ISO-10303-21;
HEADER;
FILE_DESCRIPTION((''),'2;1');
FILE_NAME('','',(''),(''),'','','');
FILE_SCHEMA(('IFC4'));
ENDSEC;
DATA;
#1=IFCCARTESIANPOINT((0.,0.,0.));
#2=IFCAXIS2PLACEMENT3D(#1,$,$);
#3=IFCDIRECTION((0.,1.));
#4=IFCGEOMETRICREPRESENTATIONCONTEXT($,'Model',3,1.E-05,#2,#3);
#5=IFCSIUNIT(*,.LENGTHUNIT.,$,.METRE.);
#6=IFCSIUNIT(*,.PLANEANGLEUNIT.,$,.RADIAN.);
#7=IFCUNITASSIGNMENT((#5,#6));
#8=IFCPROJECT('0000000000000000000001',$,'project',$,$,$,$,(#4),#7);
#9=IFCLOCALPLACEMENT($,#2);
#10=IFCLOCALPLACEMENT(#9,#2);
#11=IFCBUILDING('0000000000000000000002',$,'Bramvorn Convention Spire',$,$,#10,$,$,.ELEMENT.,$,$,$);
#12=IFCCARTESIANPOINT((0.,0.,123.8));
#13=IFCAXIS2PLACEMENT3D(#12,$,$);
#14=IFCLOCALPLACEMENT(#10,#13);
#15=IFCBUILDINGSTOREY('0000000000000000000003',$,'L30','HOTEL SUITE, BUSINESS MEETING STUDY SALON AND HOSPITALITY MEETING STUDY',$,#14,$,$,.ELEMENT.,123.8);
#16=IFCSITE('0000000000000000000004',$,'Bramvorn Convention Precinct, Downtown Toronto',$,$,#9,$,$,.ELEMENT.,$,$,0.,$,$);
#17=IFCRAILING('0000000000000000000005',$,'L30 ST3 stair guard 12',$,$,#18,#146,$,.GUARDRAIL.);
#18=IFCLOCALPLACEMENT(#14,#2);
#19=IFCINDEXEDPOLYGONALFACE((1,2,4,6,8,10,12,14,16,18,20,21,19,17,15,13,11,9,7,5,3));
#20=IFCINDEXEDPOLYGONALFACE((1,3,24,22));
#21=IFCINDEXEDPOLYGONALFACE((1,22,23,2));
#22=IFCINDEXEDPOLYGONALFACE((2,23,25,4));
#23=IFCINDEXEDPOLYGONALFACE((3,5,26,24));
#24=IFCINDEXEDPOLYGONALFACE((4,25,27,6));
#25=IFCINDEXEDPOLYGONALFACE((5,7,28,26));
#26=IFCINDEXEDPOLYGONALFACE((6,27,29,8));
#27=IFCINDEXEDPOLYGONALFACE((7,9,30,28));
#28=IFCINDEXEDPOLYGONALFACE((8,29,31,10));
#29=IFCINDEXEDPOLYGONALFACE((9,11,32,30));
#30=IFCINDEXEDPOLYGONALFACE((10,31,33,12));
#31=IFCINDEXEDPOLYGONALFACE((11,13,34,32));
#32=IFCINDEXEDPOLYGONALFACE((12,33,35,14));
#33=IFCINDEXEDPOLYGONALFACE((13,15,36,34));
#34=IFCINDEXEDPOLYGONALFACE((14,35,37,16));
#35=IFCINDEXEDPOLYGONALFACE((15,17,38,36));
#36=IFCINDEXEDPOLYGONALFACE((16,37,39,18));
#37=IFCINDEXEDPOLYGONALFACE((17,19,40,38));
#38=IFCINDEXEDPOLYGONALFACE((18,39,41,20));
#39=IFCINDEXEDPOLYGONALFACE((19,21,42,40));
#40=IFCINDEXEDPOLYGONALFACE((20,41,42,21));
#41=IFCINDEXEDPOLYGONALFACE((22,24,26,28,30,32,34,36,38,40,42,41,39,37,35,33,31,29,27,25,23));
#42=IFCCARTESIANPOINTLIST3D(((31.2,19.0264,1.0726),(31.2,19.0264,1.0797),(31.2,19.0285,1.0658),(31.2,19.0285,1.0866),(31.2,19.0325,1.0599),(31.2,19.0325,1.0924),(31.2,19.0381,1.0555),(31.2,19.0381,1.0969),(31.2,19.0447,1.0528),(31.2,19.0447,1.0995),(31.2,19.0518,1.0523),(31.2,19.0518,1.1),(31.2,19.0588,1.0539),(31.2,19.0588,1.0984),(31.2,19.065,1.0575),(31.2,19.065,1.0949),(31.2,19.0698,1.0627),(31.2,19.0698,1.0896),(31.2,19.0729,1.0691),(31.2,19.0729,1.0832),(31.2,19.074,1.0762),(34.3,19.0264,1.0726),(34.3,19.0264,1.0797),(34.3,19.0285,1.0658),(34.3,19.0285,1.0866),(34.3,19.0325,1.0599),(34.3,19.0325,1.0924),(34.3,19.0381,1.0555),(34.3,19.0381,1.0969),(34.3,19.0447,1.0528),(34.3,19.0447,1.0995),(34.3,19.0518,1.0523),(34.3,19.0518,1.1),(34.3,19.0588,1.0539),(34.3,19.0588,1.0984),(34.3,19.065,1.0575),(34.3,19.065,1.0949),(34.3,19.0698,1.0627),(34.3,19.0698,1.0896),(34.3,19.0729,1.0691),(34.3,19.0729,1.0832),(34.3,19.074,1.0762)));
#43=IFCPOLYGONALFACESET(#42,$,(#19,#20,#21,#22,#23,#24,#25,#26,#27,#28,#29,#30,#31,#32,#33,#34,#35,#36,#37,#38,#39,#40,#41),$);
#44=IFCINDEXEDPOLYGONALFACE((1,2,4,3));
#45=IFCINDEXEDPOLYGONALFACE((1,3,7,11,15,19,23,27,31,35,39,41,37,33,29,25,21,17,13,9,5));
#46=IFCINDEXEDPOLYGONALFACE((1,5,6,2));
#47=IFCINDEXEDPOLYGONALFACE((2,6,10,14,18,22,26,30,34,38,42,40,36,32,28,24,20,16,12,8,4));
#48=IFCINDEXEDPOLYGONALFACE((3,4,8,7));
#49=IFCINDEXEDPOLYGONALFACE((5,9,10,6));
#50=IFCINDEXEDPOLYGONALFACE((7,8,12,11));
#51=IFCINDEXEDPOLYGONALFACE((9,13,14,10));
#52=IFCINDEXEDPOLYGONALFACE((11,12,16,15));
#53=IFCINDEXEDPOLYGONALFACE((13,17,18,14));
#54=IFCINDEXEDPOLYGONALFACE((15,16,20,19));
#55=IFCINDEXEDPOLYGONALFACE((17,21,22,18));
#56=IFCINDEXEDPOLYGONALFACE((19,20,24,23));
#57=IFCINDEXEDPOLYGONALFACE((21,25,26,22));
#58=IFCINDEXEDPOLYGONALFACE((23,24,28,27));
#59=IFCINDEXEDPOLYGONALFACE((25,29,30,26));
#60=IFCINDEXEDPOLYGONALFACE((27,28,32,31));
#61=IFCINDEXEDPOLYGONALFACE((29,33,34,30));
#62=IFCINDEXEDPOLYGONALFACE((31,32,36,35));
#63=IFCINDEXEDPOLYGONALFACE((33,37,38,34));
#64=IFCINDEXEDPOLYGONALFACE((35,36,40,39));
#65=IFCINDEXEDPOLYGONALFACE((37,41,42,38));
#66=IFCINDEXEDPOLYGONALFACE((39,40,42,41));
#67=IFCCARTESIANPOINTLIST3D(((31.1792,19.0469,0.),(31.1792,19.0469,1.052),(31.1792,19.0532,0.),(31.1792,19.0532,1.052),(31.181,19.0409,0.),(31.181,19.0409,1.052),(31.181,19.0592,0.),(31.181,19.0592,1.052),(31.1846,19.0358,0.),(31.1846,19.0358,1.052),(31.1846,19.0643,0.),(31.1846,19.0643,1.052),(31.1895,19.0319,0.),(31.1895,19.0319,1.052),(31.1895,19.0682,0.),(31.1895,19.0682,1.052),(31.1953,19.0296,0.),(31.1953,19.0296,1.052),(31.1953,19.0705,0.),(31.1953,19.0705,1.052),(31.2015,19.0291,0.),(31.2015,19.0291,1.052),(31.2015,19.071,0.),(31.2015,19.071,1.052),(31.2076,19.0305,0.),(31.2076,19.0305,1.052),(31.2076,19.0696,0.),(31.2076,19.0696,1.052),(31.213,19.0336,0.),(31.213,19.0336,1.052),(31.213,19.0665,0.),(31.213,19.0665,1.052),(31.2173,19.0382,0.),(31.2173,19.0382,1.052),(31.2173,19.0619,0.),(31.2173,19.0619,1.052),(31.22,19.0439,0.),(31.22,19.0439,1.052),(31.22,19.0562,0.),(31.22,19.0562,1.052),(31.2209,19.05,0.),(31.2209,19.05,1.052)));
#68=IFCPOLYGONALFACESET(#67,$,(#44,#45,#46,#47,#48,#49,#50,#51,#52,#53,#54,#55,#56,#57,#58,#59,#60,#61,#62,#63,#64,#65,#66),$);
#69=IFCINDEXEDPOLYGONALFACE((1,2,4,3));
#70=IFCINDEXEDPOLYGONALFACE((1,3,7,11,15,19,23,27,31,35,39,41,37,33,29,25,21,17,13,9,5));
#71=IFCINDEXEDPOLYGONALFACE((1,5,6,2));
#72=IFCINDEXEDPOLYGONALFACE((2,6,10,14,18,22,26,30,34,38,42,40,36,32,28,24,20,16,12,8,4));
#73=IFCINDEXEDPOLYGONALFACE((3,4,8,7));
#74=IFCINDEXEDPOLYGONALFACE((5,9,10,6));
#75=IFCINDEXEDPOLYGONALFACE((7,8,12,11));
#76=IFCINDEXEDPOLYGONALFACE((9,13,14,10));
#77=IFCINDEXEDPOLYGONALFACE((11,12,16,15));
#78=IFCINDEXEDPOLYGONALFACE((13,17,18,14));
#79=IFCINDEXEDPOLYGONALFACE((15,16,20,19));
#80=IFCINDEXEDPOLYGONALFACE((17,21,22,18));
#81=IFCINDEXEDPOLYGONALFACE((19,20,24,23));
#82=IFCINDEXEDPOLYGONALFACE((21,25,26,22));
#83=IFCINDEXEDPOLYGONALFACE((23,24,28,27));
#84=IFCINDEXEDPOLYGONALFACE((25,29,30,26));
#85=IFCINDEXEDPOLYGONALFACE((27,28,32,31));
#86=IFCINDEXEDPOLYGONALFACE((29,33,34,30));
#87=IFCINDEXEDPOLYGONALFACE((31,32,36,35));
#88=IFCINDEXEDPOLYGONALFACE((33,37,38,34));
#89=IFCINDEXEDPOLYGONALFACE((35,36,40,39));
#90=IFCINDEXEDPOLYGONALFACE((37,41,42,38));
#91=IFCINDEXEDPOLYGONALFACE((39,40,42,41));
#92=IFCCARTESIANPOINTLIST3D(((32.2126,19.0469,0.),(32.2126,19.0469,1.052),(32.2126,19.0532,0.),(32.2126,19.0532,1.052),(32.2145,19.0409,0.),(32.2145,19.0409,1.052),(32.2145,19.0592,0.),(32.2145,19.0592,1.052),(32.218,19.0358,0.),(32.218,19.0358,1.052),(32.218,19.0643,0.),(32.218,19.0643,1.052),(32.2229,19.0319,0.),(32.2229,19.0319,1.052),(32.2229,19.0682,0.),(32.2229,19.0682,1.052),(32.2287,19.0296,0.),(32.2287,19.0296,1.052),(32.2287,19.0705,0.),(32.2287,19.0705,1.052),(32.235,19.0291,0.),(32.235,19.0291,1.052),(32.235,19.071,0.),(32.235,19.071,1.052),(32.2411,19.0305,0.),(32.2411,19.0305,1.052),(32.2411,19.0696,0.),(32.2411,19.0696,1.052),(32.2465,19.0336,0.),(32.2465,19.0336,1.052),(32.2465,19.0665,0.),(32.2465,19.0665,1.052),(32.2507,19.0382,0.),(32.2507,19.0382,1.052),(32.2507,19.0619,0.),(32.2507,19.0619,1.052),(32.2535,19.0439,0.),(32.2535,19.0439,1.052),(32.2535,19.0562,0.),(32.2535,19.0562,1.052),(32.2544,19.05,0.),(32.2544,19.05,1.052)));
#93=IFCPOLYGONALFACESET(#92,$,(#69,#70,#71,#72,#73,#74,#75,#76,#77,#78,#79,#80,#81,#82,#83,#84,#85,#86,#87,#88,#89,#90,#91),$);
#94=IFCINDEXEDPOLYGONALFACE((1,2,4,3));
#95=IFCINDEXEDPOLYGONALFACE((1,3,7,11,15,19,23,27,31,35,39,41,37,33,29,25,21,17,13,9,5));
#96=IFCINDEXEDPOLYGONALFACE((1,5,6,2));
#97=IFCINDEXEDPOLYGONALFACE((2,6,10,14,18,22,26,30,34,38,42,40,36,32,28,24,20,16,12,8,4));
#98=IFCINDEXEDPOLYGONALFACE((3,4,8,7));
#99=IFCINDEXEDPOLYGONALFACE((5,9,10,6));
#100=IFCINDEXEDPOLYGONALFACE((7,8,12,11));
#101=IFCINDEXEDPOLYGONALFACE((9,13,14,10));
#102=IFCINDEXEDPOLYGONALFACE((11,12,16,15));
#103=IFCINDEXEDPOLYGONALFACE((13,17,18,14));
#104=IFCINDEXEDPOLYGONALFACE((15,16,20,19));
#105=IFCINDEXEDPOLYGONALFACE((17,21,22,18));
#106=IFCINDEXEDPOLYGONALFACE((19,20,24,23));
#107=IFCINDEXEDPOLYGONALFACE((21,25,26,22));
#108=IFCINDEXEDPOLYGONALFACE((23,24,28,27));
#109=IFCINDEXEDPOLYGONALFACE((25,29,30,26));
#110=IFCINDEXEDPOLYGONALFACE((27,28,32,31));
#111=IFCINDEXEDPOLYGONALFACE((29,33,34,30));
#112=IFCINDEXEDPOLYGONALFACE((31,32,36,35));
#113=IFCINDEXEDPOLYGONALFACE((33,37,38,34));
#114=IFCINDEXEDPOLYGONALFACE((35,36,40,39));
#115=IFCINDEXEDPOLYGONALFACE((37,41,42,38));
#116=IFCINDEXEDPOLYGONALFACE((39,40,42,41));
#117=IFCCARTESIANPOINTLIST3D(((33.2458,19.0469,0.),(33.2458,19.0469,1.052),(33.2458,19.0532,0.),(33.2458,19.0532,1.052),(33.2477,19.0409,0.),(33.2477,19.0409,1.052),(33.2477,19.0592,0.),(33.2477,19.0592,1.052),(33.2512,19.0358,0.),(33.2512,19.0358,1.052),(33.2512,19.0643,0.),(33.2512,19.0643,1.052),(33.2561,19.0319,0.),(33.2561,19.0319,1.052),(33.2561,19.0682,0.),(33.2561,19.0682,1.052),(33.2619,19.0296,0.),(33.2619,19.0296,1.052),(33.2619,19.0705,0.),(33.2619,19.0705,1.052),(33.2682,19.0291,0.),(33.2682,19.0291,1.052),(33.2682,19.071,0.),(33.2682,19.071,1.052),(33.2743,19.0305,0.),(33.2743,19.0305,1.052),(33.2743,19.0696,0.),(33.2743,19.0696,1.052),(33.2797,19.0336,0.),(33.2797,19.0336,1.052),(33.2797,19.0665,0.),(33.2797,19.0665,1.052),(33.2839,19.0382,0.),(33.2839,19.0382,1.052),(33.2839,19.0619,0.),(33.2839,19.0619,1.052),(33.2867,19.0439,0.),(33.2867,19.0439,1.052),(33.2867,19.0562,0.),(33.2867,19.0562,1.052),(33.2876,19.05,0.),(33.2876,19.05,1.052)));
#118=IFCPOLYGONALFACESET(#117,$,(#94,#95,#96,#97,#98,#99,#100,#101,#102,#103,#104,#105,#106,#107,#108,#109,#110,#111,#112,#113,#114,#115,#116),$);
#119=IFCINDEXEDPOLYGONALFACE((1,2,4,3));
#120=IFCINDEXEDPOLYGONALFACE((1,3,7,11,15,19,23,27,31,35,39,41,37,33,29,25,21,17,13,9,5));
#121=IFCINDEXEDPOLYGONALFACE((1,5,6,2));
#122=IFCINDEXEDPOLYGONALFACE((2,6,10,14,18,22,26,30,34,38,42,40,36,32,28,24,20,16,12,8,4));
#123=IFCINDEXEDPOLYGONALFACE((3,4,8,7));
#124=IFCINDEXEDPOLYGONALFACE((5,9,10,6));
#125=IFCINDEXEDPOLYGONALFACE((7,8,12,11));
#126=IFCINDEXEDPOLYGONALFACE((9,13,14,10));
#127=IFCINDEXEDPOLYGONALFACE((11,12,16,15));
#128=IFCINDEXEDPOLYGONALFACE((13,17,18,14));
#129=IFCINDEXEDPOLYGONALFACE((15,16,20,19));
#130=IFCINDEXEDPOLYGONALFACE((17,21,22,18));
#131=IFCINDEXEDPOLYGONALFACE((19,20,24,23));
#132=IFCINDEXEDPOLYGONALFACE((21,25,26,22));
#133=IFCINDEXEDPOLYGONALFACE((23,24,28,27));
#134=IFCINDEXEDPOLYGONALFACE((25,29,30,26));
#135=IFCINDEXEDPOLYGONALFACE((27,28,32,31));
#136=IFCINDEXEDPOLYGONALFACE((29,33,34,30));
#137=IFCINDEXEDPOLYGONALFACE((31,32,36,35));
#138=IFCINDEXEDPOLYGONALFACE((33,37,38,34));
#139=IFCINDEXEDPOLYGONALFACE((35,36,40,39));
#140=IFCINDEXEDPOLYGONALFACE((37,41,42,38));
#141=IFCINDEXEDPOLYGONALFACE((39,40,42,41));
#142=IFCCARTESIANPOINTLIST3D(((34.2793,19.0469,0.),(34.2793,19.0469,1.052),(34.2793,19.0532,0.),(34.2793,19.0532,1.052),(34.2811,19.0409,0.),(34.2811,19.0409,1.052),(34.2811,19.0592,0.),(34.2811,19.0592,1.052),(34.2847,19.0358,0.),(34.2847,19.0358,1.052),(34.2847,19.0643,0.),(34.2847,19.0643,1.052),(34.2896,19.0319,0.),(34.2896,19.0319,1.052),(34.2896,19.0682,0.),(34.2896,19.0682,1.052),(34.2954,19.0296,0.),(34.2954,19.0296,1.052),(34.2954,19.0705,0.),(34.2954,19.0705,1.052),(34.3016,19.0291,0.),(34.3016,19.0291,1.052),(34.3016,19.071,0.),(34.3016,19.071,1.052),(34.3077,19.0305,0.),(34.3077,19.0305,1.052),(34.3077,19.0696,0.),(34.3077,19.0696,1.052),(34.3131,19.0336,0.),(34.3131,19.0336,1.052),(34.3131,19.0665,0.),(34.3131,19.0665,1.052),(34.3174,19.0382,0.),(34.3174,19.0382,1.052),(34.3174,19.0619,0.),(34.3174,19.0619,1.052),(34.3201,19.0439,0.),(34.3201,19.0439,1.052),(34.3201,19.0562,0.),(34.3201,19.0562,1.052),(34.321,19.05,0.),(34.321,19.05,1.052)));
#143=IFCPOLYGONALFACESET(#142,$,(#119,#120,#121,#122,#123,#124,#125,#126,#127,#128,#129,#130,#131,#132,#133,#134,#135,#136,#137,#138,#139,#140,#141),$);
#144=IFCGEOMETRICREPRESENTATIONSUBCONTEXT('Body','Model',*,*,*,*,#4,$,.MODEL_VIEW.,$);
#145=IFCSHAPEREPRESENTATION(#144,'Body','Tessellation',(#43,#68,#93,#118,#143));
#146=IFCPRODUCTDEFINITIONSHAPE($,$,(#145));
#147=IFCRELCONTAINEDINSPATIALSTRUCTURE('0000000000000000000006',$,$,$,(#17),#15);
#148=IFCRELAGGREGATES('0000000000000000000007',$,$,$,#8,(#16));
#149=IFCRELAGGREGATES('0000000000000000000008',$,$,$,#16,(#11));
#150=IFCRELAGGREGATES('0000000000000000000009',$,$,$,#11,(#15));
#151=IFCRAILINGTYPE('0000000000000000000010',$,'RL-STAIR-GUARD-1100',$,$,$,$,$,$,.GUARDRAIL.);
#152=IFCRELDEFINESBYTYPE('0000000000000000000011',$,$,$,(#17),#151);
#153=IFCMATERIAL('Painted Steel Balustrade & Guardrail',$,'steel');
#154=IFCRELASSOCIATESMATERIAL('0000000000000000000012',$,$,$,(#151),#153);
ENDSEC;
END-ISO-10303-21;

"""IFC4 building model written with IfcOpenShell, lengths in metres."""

from ifc_helpers import new_model, si_unit, direction, frame, origin, origin_2d, place, context, subcontext, project, spatial, circle, extrude, material, type_object, element, save


model = new_model("IFC4")

# Units and contexts
model_context = context("Model", 3, precision=1e-05, world=origin(), true_north=direction((0.0, 1.0)))
body_context = subcontext(model_context, "Body", "Model", "MODEL_VIEW")
ifc_project = project(units=[si_unit("LENGTHUNIT", "METRE"), si_unit("PLANEANGLEUNIT", "RADIAN")], contexts=[model_context])

# Site, building, storey
site_placement = place(None, origin())
site = spatial("IfcSite", under=ifc_project, at=site_placement, Name="Bramvorn Convention Precinct, Downtown Toronto", CompositionType="ELEMENT", RefElevation=0.0)
building_placement = place(site_placement, origin())
building = spatial("IfcBuilding", under=site, at=building_placement, Name="Bramvorn Convention Spire", CompositionType="ELEMENT")
storey_placement = place(building_placement, frame((0.0, 0.0, 123.8)))
storey = spatial("IfcBuildingStorey", under=building, at=storey_placement, Name="L30", Description="HOTEL SUITE, BUSINESS MEETING STUDY SALON AND HOSPITALITY MEETING STUDY", CompositionType="ELEMENT", Elevation=123.8)

# Railing
ifc_material_1 = material(Name="Painted Steel Balustrade & Guardrail", Category="steel")
railing_type_1 = type_object("IfcRailingType", Name="RL-STAIR-GUARD-1100", PredefinedType="GUARDRAIL", material=ifc_material_1)
railing_1_placement = place(storey_placement, frame((31.2, 19.05, 0.0)))
element("IfcRailing", 1, at=railing_1_placement, inside=storey, type_object=railing_type_1, Name="L30 ST3 stair guard 12", PredefinedType="GUARDRAIL", context=body_context, shape_type="SweptSolid", body=[
    extrude(circle(Radius=0.0239, at=origin_2d()), frame((0.0, 0.0, 1.0762), z_axis=(1.0, 0.0, 0.0), x_axis=(0.0, 1.0, 0.0)), (0.0, 0.0, 1.0), 3.1001),
    extrude(circle(Radius=0.021, at=origin_2d()), origin(), (0.0, 0.0, 1.0), 1.052),
    extrude(circle(Radius=0.021, at=origin_2d()), frame((1.0334, 0.0, 0.0)), (0.0, 0.0, 1.0), 1.052),
    extrude(circle(Radius=0.021, at=origin_2d()), frame((2.0667, 0.0, 0.0)), (0.0, 0.0, 1.0), 1.052),
    extrude(circle(Radius=0.021, at=origin_2d()), frame((3.1001, 0.0, 0.0)), (0.0, 0.0, 1.0), 1.052),
])

save(model, "model.ifc")
